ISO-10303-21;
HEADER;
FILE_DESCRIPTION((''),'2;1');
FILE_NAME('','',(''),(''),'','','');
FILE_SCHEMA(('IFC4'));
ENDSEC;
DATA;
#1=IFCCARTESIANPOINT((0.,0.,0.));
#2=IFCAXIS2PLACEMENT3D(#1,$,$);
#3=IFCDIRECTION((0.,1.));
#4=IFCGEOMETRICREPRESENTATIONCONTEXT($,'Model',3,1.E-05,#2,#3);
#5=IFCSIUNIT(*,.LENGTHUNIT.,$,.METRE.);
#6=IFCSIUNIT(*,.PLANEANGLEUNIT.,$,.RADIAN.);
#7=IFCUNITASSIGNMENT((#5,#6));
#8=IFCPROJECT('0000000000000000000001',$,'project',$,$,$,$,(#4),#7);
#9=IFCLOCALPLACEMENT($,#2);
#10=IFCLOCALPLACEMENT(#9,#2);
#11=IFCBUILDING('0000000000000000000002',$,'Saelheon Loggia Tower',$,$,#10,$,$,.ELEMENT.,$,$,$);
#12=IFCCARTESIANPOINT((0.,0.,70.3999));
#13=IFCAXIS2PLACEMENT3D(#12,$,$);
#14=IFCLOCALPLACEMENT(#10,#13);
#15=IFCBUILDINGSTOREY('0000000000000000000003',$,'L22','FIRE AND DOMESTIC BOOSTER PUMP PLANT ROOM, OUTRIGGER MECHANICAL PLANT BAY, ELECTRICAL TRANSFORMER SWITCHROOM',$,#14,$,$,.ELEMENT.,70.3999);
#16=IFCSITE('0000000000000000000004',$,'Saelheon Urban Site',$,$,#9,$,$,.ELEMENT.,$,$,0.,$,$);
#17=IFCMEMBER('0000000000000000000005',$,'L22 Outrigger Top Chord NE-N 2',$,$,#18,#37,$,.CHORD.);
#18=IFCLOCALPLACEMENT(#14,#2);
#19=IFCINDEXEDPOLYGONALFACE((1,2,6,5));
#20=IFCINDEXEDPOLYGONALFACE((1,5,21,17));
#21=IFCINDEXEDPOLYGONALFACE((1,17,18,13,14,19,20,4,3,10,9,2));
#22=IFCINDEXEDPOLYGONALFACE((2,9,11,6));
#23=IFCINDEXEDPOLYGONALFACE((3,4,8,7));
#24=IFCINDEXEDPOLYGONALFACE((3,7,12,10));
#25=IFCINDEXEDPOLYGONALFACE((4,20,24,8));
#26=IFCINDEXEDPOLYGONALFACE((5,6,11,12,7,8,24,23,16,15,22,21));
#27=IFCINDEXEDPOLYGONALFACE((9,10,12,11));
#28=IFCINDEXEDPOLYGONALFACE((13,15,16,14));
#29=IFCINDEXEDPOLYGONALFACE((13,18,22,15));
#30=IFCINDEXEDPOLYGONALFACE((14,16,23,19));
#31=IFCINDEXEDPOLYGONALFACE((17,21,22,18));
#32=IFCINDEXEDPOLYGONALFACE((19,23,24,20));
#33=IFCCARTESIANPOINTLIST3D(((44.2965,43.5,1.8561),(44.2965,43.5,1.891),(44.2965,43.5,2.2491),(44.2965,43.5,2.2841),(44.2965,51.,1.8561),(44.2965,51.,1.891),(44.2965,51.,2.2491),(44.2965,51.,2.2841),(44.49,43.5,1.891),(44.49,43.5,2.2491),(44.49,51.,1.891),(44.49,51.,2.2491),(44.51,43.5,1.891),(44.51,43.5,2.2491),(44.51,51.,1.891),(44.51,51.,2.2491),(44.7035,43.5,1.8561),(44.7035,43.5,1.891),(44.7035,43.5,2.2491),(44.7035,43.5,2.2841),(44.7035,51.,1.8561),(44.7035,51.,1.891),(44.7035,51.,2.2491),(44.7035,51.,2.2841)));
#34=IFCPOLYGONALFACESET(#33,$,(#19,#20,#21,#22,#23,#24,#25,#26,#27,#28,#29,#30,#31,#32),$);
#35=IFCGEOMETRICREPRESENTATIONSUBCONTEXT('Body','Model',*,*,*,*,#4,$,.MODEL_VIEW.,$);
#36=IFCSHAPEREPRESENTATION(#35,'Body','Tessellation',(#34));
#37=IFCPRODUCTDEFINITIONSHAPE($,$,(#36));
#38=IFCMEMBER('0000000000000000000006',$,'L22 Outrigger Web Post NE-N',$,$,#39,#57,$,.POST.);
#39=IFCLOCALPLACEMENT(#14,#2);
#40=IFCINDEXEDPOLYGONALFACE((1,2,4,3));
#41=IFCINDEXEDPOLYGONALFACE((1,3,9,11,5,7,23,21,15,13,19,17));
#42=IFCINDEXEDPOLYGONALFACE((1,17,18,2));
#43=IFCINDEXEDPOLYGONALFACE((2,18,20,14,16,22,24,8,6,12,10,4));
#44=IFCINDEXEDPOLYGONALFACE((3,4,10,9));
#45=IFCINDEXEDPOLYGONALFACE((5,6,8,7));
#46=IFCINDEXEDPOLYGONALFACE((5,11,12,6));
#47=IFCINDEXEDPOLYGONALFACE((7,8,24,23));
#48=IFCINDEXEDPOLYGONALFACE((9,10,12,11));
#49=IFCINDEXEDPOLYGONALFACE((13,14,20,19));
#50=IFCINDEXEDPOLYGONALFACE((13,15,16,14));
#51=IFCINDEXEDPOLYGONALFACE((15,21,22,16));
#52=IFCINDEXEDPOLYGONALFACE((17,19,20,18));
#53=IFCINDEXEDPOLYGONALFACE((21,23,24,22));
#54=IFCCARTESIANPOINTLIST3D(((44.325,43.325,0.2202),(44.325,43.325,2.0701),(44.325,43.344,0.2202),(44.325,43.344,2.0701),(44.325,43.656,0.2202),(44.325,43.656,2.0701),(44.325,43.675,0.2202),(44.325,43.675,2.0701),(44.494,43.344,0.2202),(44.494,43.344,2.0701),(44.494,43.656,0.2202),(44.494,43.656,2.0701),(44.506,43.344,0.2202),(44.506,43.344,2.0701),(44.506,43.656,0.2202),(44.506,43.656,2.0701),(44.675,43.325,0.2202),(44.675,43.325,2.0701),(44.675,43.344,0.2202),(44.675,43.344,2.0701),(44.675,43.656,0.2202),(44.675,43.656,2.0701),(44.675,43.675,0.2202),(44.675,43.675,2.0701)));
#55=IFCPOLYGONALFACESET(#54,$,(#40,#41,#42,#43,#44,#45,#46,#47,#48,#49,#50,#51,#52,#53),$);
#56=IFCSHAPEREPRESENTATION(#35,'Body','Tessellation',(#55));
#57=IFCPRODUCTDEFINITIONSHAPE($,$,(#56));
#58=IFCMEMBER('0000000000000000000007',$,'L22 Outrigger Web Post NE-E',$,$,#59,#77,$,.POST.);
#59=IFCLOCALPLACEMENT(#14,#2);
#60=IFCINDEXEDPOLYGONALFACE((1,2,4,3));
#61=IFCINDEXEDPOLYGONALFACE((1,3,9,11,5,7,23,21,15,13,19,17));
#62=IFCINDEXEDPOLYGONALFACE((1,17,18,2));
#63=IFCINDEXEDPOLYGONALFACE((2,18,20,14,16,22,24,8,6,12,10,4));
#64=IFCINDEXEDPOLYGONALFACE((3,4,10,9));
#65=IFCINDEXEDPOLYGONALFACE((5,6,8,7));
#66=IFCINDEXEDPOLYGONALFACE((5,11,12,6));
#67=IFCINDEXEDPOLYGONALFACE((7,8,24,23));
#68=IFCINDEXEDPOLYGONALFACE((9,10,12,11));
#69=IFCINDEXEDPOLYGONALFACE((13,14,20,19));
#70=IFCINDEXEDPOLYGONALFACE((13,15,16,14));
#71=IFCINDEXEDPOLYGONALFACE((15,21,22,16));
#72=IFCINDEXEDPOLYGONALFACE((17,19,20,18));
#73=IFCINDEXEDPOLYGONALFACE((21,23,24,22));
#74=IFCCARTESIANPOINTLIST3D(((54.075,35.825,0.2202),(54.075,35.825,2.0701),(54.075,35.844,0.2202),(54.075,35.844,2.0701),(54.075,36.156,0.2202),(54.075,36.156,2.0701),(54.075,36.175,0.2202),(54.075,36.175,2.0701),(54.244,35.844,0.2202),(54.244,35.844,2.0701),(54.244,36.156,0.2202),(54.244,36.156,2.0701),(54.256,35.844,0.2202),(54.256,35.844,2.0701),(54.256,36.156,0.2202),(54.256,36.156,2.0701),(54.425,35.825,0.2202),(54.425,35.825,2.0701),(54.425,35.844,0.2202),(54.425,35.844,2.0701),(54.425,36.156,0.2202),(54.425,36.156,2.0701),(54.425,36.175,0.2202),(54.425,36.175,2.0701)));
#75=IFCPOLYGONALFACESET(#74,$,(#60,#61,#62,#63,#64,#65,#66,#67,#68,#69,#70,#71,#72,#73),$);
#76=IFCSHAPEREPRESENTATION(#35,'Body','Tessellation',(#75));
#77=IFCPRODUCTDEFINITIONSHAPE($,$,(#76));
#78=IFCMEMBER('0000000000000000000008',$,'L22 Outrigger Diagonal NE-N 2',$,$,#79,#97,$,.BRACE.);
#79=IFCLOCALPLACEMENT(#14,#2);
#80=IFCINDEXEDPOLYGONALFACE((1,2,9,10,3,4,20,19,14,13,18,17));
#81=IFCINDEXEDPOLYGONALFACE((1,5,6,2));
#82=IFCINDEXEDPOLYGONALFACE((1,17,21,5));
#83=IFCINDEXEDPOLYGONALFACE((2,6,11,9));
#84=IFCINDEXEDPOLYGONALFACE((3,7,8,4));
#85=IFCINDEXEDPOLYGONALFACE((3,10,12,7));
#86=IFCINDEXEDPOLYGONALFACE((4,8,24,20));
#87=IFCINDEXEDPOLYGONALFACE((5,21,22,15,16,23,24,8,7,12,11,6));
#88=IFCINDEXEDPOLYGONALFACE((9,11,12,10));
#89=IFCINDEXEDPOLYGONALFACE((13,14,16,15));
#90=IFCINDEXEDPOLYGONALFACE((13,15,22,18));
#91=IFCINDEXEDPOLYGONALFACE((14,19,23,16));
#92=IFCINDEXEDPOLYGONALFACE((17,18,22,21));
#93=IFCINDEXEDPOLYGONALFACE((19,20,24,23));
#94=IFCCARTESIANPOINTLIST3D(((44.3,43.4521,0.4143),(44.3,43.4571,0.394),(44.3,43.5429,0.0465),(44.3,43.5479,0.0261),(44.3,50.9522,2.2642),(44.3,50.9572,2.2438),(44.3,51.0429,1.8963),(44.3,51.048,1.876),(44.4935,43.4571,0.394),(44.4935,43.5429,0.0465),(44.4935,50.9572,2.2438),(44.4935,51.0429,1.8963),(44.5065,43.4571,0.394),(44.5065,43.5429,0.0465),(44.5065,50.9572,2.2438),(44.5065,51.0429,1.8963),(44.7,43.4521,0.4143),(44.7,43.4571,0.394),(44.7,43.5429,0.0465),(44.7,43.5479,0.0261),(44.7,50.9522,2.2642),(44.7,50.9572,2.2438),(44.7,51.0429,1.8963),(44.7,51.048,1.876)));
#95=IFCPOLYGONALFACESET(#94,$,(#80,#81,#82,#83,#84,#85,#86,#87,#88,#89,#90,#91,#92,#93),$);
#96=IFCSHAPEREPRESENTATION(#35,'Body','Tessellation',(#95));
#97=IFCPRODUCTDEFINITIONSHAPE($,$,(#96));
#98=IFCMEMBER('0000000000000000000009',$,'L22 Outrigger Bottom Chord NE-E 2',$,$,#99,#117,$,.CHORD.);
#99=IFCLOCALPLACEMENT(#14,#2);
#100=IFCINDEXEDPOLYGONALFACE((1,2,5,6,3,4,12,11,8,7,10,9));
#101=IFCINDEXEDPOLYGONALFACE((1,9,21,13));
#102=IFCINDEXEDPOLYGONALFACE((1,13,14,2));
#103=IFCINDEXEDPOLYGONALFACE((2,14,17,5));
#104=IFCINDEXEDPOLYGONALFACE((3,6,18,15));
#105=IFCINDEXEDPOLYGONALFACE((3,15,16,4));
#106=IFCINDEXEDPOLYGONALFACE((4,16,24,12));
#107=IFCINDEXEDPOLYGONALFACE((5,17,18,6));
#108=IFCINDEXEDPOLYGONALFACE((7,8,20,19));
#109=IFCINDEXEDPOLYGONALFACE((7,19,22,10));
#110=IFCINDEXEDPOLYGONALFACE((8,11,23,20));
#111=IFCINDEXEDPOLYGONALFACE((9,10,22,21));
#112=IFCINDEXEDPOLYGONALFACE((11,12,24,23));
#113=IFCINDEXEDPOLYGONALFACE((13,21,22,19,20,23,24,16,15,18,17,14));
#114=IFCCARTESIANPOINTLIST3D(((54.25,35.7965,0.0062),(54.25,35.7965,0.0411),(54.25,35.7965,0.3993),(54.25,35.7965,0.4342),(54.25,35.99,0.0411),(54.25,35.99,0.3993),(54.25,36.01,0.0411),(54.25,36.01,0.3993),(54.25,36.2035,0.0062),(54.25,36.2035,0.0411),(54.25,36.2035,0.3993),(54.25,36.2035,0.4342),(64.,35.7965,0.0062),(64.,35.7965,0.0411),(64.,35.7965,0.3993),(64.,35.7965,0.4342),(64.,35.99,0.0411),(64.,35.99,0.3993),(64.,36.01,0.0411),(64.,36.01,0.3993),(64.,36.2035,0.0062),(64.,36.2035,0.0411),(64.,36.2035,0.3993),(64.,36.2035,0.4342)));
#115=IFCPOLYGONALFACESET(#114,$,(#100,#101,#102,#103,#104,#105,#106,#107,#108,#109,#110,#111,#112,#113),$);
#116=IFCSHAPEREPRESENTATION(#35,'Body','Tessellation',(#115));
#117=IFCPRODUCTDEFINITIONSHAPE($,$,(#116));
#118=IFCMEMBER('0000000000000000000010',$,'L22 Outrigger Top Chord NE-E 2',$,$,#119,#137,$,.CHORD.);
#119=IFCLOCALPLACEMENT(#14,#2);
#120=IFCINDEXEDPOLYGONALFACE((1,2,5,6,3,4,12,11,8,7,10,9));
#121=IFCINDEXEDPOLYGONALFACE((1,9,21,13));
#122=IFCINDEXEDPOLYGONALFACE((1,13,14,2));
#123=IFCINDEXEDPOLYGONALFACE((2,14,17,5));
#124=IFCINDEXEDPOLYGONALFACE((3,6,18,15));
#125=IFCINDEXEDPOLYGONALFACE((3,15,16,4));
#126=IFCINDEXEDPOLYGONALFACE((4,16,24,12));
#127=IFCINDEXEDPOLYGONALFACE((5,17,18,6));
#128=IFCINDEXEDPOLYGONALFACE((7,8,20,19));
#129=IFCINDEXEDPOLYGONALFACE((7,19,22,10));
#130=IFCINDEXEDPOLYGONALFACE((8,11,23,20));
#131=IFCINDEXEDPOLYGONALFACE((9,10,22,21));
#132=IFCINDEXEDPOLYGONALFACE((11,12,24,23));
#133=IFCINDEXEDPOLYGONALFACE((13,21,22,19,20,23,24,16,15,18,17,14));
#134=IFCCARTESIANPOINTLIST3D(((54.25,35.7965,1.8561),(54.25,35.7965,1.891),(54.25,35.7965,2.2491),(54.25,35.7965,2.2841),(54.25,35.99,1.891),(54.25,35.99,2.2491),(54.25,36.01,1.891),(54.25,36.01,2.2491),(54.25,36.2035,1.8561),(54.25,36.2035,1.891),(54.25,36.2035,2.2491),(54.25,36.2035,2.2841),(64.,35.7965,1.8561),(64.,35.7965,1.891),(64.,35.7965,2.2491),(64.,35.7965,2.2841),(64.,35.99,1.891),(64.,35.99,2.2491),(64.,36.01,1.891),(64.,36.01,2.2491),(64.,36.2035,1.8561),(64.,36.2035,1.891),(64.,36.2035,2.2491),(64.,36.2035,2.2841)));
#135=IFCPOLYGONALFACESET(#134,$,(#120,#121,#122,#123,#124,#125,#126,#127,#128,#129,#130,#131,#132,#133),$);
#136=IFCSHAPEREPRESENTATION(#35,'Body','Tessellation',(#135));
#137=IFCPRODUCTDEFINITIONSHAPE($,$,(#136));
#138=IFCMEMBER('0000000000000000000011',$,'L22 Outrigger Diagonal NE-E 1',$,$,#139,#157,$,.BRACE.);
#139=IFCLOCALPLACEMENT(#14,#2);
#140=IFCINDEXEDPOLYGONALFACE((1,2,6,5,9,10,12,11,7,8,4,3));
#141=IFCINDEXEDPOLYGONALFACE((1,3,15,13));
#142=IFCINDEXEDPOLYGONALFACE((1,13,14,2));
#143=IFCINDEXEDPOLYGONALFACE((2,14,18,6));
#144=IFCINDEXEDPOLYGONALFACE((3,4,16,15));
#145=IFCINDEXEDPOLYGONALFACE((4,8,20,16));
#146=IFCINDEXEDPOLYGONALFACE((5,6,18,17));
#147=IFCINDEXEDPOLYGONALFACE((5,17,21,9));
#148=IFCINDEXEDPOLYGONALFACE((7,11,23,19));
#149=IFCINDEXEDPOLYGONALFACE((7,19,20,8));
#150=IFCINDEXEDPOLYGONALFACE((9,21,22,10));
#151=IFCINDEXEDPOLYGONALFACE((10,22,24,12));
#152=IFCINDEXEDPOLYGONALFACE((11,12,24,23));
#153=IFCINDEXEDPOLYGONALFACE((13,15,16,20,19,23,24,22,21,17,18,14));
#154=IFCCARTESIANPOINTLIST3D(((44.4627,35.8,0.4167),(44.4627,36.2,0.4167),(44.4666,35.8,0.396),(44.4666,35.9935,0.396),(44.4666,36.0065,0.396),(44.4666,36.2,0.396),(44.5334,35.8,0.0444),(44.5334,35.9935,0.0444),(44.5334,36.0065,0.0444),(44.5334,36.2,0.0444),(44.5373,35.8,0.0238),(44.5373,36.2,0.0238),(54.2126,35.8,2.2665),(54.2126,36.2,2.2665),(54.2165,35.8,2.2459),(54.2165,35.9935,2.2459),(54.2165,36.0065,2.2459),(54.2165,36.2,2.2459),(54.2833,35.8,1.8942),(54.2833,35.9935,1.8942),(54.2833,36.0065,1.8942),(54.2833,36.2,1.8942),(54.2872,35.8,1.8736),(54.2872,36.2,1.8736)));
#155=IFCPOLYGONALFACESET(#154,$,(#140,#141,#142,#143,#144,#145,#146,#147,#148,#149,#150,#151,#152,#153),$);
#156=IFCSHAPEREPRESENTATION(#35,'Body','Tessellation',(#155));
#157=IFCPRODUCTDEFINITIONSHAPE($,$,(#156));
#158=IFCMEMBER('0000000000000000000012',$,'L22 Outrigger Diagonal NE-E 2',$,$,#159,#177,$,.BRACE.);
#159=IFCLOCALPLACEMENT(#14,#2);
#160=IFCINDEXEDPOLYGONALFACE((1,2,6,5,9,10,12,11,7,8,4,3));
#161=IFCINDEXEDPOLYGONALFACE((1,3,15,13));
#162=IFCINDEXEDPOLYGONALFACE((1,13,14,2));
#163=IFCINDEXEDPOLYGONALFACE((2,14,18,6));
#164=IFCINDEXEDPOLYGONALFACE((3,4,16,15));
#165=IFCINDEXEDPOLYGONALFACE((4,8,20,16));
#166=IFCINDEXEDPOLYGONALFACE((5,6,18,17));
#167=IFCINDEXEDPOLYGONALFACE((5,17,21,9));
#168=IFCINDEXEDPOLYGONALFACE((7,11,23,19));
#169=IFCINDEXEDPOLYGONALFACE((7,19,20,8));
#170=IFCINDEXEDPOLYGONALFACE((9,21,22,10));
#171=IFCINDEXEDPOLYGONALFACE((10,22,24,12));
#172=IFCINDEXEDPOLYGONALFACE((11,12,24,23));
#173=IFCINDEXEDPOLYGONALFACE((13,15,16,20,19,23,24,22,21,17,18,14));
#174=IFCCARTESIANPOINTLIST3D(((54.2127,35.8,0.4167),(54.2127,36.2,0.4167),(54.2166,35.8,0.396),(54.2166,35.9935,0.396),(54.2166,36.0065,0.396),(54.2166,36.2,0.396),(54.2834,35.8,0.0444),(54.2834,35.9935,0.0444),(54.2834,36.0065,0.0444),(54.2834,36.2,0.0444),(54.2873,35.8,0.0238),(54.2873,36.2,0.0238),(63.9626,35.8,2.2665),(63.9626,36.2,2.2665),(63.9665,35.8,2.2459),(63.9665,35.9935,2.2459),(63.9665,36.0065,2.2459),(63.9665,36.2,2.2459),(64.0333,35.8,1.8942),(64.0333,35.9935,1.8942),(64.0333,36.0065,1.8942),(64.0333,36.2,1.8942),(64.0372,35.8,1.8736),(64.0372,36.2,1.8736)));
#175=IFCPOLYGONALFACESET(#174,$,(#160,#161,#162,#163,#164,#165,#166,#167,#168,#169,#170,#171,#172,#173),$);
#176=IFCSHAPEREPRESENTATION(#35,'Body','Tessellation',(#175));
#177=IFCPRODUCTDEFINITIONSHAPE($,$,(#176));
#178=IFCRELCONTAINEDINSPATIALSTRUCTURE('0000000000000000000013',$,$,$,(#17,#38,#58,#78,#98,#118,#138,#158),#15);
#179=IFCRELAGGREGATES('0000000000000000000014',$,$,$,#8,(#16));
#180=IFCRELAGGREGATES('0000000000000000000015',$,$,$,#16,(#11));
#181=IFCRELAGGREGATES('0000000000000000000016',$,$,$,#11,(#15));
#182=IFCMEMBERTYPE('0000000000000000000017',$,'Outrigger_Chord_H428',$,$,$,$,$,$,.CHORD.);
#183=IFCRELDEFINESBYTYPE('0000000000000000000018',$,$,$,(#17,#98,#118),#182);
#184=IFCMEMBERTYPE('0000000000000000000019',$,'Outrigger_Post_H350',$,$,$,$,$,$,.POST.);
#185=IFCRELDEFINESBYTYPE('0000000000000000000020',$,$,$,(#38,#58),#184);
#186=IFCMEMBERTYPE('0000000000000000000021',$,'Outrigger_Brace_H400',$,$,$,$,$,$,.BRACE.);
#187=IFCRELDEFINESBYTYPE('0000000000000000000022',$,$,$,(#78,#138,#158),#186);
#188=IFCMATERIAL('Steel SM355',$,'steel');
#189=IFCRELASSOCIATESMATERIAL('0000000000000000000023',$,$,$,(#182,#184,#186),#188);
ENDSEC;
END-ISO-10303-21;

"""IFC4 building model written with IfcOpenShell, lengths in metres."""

from ifc_helpers import new_model, si_unit, direction, frame, origin, origin_2d, place, context, subcontext, project, spatial, i_section, extrude, source, transform, mapped, material, material_profile, profile_set, type_object, element, save


model = new_model("IFC4")

# Units and contexts
model_context = context("Model", 3, precision=1e-05, world=origin(), true_north=direction((0.0, 1.0)))
body_context = subcontext(model_context, "Body", "Model", "MODEL_VIEW")
ifc_project = project(units=[si_unit("LENGTHUNIT", "METRE"), si_unit("PLANEANGLEUNIT", "RADIAN")], contexts=[model_context])

# Site, building, storey
site_placement = place(None, origin())
site = spatial("IfcSite", under=ifc_project, at=site_placement, Name="Saelheon Urban Site", CompositionType="ELEMENT", RefElevation=0.0)
building_placement = place(site_placement, origin())
building = spatial("IfcBuilding", under=site, at=building_placement, Name="Saelheon Loggia Tower", CompositionType="ELEMENT")
storey_placement = place(building_placement, frame((0.0, 0.0, 70.3999)))
storey = spatial("IfcBuildingStorey", under=building, at=storey_placement, Name="L22", Description="FIRE AND DOMESTIC BOOSTER PUMP PLANT ROOM, OUTRIGGER MECHANICAL PLANT BAY, ELECTRICAL TRANSFORMER SWITCHROOM", CompositionType="ELEMENT", Elevation=70.3999)

# Members
ifc_material_1 = material(Name="Steel SM355", Category="steel")
ifc_material_profile_1 = material_profile(ifc_material_1, i_section(OverallWidth=0.407, OverallDepth=0.428, WebThickness=0.02, FlangeThickness=0.0349, at=origin_2d()), Name="H-428x407x20x35")
ifc_profile_set_1 = profile_set([ifc_material_profile_1], Name="Steel SM355")
member_type_1 = type_object("IfcMemberType", Name="Outrigger_Chord_H428", PredefinedType="CHORD", material=ifc_profile_set_1)
shared_shape_1 = source(origin(), body_context, "Body", "SweptSolid", [
    extrude(i_section(OverallWidth=0.407, OverallDepth=0.428, WebThickness=0.02, FlangeThickness=0.0349, at=origin_2d()), origin(), (0.0, 0.0, 1.0), 7.5),
])
for number, where, z_axis, x_axis, name in (
    (1, (44.5, 43.5, 2.0701), (0.0, 1.0, 0.0), (-1.0, 0.0, 0.0), "L22 Outrigger Top Chord NE-N 2"),
):
    element("IfcMember", number, at=place(storey_placement, frame(where, z_axis=z_axis, x_axis=x_axis)), inside=storey, type_object=member_type_1, Name=name, PredefinedType="CHORD", context=body_context, shape_type="MappedRepresentation", body=[
        mapped(shared_shape_1, transform((0.0, 0.0, 0.0), scale=1.0)),
    ])
ifc_material_profile_2 = material_profile(ifc_material_1, i_section(OverallWidth=0.3501, OverallDepth=0.3501, WebThickness=0.012, FlangeThickness=0.019, at=origin_2d()), Name="H-350x350x12x19")
ifc_profile_set_2 = profile_set([ifc_material_profile_2], Name="Steel SM355")
member_type_2 = type_object("IfcMemberType", Name="Outrigger_Post_H350", PredefinedType="POST", material=ifc_profile_set_2)
shared_shape_2 = source(origin(), body_context, "Body", "SweptSolid", [
    extrude(i_section(OverallWidth=0.3501, OverallDepth=0.3501, WebThickness=0.012, FlangeThickness=0.019, at=origin_2d()), origin(), (0.0, 0.0, 1.0), 1.8499),
])
for number, where, z_axis, x_axis, name in (
    (2, (44.5, 43.5, 0.2202), (0.0, 0.0, 1.0), (1.0, 0.0, 0.0), "L22 Outrigger Web Post NE-N"),
    (3, (54.25, 36.0, 0.2202), (0.0, 0.0, 1.0), (1.0, 0.0, 0.0), "L22 Outrigger Web Post NE-E"),
):
    element("IfcMember", number, at=place(storey_placement, frame(where, z_axis=z_axis, x_axis=x_axis)), inside=storey, type_object=member_type_2, Name=name, PredefinedType="POST", context=body_context, shape_type="MappedRepresentation", body=[
        mapped(shared_shape_2, transform((0.0, 0.0, 0.0), scale=1.0)),
    ])
ifc_material_profile_3 = material_profile(ifc_material_1, i_section(OverallWidth=0.3999, OverallDepth=0.3999, WebThickness=0.0129, FlangeThickness=0.021, at=origin_2d()), Name="H-400x400x13x21")
ifc_profile_set_3 = profile_set([ifc_material_profile_3], Name="Steel SM355")
member_type_3 = type_object("IfcMemberType", Name="Outrigger_Brace_H400", PredefinedType="BRACE", material=ifc_profile_set_3)
shared_shape_3 = source(origin(), body_context, "Body", "SweptSolid", [
    extrude(i_section(OverallWidth=0.3999, OverallDepth=0.3999, WebThickness=0.0129, FlangeThickness=0.021, at=origin_2d()), origin(), (0.0, 0.0, 1.0), 7.7249),
])
member_1_placement = place(storey_placement, frame((44.5, 43.5, 0.2202), z_axis=(0.0, 0.970904, 0.239471), x_axis=(-1.0, 0.0, 0.0)))
element("IfcMember", 4, at=member_1_placement, inside=storey, type_object=member_type_3, Name="L22 Outrigger Diagonal NE-N 2", PredefinedType="BRACE", context=body_context, shape_type="MappedRepresentation", body=[
    mapped(shared_shape_3, transform((0.0, 0.0, 0.0), scale=1.0)),
])
shared_shape_4 = source(origin(), body_context, "Body", "SweptSolid", [
    extrude(i_section(OverallWidth=0.407, OverallDepth=0.428, WebThickness=0.02, FlangeThickness=0.0349, at=origin_2d()), origin(), (0.0, 0.0, 1.0), 9.75),
])
for number, where, z_axis, x_axis, name in (
    (5, (54.25, 36.0, 0.2202), (1.0, 0.0, 0.0), (0.0, 1.0, 0.0), "L22 Outrigger Bottom Chord NE-E 2"),
    (6, (54.25, 36.0, 2.0701), (1.0, 0.0, 0.0), (0.0, 1.0, 0.0), "L22 Outrigger Top Chord NE-E 2"),
):
    element("IfcMember", number, at=place(storey_placement, frame(where, z_axis=z_axis, x_axis=x_axis)), inside=storey, type_object=member_type_1, Name=name, PredefinedType="CHORD", context=body_context, shape_type="MappedRepresentation", body=[
        mapped(shared_shape_4, transform((0.0, 0.0, 0.0), scale=1.0)),
    ])
shared_shape_5 = source(origin(), body_context, "Body", "SweptSolid", [
    extrude(i_section(OverallWidth=0.3999, OverallDepth=0.3999, WebThickness=0.0129, FlangeThickness=0.021, at=origin_2d()), origin(), (0.0, 0.0, 1.0), 9.9238),
])
for number, where, z_axis, x_axis, name in (
    (7, (44.5, 36.0, 0.2202), (0.982473, 0.0, 0.186403), (0.0, 1.0, 0.0), "L22 Outrigger Diagonal NE-E 1"),
    (8, (54.25, 36.0, 0.2202), (0.982473, 0.0, 0.186403), (0.0, 1.0, 0.0), "L22 Outrigger Diagonal NE-E 2"),
):
    element("IfcMember", number, at=place(storey_placement, frame(where, z_axis=z_axis, x_axis=x_axis)), inside=storey, type_object=member_type_3, Name=name, PredefinedType="BRACE", context=body_context, shape_type="MappedRepresentation", body=[
        mapped(shared_shape_5, transform((0.0, 0.0, 0.0), scale=1.0)),
    ])

save(model, "model.ifc")
